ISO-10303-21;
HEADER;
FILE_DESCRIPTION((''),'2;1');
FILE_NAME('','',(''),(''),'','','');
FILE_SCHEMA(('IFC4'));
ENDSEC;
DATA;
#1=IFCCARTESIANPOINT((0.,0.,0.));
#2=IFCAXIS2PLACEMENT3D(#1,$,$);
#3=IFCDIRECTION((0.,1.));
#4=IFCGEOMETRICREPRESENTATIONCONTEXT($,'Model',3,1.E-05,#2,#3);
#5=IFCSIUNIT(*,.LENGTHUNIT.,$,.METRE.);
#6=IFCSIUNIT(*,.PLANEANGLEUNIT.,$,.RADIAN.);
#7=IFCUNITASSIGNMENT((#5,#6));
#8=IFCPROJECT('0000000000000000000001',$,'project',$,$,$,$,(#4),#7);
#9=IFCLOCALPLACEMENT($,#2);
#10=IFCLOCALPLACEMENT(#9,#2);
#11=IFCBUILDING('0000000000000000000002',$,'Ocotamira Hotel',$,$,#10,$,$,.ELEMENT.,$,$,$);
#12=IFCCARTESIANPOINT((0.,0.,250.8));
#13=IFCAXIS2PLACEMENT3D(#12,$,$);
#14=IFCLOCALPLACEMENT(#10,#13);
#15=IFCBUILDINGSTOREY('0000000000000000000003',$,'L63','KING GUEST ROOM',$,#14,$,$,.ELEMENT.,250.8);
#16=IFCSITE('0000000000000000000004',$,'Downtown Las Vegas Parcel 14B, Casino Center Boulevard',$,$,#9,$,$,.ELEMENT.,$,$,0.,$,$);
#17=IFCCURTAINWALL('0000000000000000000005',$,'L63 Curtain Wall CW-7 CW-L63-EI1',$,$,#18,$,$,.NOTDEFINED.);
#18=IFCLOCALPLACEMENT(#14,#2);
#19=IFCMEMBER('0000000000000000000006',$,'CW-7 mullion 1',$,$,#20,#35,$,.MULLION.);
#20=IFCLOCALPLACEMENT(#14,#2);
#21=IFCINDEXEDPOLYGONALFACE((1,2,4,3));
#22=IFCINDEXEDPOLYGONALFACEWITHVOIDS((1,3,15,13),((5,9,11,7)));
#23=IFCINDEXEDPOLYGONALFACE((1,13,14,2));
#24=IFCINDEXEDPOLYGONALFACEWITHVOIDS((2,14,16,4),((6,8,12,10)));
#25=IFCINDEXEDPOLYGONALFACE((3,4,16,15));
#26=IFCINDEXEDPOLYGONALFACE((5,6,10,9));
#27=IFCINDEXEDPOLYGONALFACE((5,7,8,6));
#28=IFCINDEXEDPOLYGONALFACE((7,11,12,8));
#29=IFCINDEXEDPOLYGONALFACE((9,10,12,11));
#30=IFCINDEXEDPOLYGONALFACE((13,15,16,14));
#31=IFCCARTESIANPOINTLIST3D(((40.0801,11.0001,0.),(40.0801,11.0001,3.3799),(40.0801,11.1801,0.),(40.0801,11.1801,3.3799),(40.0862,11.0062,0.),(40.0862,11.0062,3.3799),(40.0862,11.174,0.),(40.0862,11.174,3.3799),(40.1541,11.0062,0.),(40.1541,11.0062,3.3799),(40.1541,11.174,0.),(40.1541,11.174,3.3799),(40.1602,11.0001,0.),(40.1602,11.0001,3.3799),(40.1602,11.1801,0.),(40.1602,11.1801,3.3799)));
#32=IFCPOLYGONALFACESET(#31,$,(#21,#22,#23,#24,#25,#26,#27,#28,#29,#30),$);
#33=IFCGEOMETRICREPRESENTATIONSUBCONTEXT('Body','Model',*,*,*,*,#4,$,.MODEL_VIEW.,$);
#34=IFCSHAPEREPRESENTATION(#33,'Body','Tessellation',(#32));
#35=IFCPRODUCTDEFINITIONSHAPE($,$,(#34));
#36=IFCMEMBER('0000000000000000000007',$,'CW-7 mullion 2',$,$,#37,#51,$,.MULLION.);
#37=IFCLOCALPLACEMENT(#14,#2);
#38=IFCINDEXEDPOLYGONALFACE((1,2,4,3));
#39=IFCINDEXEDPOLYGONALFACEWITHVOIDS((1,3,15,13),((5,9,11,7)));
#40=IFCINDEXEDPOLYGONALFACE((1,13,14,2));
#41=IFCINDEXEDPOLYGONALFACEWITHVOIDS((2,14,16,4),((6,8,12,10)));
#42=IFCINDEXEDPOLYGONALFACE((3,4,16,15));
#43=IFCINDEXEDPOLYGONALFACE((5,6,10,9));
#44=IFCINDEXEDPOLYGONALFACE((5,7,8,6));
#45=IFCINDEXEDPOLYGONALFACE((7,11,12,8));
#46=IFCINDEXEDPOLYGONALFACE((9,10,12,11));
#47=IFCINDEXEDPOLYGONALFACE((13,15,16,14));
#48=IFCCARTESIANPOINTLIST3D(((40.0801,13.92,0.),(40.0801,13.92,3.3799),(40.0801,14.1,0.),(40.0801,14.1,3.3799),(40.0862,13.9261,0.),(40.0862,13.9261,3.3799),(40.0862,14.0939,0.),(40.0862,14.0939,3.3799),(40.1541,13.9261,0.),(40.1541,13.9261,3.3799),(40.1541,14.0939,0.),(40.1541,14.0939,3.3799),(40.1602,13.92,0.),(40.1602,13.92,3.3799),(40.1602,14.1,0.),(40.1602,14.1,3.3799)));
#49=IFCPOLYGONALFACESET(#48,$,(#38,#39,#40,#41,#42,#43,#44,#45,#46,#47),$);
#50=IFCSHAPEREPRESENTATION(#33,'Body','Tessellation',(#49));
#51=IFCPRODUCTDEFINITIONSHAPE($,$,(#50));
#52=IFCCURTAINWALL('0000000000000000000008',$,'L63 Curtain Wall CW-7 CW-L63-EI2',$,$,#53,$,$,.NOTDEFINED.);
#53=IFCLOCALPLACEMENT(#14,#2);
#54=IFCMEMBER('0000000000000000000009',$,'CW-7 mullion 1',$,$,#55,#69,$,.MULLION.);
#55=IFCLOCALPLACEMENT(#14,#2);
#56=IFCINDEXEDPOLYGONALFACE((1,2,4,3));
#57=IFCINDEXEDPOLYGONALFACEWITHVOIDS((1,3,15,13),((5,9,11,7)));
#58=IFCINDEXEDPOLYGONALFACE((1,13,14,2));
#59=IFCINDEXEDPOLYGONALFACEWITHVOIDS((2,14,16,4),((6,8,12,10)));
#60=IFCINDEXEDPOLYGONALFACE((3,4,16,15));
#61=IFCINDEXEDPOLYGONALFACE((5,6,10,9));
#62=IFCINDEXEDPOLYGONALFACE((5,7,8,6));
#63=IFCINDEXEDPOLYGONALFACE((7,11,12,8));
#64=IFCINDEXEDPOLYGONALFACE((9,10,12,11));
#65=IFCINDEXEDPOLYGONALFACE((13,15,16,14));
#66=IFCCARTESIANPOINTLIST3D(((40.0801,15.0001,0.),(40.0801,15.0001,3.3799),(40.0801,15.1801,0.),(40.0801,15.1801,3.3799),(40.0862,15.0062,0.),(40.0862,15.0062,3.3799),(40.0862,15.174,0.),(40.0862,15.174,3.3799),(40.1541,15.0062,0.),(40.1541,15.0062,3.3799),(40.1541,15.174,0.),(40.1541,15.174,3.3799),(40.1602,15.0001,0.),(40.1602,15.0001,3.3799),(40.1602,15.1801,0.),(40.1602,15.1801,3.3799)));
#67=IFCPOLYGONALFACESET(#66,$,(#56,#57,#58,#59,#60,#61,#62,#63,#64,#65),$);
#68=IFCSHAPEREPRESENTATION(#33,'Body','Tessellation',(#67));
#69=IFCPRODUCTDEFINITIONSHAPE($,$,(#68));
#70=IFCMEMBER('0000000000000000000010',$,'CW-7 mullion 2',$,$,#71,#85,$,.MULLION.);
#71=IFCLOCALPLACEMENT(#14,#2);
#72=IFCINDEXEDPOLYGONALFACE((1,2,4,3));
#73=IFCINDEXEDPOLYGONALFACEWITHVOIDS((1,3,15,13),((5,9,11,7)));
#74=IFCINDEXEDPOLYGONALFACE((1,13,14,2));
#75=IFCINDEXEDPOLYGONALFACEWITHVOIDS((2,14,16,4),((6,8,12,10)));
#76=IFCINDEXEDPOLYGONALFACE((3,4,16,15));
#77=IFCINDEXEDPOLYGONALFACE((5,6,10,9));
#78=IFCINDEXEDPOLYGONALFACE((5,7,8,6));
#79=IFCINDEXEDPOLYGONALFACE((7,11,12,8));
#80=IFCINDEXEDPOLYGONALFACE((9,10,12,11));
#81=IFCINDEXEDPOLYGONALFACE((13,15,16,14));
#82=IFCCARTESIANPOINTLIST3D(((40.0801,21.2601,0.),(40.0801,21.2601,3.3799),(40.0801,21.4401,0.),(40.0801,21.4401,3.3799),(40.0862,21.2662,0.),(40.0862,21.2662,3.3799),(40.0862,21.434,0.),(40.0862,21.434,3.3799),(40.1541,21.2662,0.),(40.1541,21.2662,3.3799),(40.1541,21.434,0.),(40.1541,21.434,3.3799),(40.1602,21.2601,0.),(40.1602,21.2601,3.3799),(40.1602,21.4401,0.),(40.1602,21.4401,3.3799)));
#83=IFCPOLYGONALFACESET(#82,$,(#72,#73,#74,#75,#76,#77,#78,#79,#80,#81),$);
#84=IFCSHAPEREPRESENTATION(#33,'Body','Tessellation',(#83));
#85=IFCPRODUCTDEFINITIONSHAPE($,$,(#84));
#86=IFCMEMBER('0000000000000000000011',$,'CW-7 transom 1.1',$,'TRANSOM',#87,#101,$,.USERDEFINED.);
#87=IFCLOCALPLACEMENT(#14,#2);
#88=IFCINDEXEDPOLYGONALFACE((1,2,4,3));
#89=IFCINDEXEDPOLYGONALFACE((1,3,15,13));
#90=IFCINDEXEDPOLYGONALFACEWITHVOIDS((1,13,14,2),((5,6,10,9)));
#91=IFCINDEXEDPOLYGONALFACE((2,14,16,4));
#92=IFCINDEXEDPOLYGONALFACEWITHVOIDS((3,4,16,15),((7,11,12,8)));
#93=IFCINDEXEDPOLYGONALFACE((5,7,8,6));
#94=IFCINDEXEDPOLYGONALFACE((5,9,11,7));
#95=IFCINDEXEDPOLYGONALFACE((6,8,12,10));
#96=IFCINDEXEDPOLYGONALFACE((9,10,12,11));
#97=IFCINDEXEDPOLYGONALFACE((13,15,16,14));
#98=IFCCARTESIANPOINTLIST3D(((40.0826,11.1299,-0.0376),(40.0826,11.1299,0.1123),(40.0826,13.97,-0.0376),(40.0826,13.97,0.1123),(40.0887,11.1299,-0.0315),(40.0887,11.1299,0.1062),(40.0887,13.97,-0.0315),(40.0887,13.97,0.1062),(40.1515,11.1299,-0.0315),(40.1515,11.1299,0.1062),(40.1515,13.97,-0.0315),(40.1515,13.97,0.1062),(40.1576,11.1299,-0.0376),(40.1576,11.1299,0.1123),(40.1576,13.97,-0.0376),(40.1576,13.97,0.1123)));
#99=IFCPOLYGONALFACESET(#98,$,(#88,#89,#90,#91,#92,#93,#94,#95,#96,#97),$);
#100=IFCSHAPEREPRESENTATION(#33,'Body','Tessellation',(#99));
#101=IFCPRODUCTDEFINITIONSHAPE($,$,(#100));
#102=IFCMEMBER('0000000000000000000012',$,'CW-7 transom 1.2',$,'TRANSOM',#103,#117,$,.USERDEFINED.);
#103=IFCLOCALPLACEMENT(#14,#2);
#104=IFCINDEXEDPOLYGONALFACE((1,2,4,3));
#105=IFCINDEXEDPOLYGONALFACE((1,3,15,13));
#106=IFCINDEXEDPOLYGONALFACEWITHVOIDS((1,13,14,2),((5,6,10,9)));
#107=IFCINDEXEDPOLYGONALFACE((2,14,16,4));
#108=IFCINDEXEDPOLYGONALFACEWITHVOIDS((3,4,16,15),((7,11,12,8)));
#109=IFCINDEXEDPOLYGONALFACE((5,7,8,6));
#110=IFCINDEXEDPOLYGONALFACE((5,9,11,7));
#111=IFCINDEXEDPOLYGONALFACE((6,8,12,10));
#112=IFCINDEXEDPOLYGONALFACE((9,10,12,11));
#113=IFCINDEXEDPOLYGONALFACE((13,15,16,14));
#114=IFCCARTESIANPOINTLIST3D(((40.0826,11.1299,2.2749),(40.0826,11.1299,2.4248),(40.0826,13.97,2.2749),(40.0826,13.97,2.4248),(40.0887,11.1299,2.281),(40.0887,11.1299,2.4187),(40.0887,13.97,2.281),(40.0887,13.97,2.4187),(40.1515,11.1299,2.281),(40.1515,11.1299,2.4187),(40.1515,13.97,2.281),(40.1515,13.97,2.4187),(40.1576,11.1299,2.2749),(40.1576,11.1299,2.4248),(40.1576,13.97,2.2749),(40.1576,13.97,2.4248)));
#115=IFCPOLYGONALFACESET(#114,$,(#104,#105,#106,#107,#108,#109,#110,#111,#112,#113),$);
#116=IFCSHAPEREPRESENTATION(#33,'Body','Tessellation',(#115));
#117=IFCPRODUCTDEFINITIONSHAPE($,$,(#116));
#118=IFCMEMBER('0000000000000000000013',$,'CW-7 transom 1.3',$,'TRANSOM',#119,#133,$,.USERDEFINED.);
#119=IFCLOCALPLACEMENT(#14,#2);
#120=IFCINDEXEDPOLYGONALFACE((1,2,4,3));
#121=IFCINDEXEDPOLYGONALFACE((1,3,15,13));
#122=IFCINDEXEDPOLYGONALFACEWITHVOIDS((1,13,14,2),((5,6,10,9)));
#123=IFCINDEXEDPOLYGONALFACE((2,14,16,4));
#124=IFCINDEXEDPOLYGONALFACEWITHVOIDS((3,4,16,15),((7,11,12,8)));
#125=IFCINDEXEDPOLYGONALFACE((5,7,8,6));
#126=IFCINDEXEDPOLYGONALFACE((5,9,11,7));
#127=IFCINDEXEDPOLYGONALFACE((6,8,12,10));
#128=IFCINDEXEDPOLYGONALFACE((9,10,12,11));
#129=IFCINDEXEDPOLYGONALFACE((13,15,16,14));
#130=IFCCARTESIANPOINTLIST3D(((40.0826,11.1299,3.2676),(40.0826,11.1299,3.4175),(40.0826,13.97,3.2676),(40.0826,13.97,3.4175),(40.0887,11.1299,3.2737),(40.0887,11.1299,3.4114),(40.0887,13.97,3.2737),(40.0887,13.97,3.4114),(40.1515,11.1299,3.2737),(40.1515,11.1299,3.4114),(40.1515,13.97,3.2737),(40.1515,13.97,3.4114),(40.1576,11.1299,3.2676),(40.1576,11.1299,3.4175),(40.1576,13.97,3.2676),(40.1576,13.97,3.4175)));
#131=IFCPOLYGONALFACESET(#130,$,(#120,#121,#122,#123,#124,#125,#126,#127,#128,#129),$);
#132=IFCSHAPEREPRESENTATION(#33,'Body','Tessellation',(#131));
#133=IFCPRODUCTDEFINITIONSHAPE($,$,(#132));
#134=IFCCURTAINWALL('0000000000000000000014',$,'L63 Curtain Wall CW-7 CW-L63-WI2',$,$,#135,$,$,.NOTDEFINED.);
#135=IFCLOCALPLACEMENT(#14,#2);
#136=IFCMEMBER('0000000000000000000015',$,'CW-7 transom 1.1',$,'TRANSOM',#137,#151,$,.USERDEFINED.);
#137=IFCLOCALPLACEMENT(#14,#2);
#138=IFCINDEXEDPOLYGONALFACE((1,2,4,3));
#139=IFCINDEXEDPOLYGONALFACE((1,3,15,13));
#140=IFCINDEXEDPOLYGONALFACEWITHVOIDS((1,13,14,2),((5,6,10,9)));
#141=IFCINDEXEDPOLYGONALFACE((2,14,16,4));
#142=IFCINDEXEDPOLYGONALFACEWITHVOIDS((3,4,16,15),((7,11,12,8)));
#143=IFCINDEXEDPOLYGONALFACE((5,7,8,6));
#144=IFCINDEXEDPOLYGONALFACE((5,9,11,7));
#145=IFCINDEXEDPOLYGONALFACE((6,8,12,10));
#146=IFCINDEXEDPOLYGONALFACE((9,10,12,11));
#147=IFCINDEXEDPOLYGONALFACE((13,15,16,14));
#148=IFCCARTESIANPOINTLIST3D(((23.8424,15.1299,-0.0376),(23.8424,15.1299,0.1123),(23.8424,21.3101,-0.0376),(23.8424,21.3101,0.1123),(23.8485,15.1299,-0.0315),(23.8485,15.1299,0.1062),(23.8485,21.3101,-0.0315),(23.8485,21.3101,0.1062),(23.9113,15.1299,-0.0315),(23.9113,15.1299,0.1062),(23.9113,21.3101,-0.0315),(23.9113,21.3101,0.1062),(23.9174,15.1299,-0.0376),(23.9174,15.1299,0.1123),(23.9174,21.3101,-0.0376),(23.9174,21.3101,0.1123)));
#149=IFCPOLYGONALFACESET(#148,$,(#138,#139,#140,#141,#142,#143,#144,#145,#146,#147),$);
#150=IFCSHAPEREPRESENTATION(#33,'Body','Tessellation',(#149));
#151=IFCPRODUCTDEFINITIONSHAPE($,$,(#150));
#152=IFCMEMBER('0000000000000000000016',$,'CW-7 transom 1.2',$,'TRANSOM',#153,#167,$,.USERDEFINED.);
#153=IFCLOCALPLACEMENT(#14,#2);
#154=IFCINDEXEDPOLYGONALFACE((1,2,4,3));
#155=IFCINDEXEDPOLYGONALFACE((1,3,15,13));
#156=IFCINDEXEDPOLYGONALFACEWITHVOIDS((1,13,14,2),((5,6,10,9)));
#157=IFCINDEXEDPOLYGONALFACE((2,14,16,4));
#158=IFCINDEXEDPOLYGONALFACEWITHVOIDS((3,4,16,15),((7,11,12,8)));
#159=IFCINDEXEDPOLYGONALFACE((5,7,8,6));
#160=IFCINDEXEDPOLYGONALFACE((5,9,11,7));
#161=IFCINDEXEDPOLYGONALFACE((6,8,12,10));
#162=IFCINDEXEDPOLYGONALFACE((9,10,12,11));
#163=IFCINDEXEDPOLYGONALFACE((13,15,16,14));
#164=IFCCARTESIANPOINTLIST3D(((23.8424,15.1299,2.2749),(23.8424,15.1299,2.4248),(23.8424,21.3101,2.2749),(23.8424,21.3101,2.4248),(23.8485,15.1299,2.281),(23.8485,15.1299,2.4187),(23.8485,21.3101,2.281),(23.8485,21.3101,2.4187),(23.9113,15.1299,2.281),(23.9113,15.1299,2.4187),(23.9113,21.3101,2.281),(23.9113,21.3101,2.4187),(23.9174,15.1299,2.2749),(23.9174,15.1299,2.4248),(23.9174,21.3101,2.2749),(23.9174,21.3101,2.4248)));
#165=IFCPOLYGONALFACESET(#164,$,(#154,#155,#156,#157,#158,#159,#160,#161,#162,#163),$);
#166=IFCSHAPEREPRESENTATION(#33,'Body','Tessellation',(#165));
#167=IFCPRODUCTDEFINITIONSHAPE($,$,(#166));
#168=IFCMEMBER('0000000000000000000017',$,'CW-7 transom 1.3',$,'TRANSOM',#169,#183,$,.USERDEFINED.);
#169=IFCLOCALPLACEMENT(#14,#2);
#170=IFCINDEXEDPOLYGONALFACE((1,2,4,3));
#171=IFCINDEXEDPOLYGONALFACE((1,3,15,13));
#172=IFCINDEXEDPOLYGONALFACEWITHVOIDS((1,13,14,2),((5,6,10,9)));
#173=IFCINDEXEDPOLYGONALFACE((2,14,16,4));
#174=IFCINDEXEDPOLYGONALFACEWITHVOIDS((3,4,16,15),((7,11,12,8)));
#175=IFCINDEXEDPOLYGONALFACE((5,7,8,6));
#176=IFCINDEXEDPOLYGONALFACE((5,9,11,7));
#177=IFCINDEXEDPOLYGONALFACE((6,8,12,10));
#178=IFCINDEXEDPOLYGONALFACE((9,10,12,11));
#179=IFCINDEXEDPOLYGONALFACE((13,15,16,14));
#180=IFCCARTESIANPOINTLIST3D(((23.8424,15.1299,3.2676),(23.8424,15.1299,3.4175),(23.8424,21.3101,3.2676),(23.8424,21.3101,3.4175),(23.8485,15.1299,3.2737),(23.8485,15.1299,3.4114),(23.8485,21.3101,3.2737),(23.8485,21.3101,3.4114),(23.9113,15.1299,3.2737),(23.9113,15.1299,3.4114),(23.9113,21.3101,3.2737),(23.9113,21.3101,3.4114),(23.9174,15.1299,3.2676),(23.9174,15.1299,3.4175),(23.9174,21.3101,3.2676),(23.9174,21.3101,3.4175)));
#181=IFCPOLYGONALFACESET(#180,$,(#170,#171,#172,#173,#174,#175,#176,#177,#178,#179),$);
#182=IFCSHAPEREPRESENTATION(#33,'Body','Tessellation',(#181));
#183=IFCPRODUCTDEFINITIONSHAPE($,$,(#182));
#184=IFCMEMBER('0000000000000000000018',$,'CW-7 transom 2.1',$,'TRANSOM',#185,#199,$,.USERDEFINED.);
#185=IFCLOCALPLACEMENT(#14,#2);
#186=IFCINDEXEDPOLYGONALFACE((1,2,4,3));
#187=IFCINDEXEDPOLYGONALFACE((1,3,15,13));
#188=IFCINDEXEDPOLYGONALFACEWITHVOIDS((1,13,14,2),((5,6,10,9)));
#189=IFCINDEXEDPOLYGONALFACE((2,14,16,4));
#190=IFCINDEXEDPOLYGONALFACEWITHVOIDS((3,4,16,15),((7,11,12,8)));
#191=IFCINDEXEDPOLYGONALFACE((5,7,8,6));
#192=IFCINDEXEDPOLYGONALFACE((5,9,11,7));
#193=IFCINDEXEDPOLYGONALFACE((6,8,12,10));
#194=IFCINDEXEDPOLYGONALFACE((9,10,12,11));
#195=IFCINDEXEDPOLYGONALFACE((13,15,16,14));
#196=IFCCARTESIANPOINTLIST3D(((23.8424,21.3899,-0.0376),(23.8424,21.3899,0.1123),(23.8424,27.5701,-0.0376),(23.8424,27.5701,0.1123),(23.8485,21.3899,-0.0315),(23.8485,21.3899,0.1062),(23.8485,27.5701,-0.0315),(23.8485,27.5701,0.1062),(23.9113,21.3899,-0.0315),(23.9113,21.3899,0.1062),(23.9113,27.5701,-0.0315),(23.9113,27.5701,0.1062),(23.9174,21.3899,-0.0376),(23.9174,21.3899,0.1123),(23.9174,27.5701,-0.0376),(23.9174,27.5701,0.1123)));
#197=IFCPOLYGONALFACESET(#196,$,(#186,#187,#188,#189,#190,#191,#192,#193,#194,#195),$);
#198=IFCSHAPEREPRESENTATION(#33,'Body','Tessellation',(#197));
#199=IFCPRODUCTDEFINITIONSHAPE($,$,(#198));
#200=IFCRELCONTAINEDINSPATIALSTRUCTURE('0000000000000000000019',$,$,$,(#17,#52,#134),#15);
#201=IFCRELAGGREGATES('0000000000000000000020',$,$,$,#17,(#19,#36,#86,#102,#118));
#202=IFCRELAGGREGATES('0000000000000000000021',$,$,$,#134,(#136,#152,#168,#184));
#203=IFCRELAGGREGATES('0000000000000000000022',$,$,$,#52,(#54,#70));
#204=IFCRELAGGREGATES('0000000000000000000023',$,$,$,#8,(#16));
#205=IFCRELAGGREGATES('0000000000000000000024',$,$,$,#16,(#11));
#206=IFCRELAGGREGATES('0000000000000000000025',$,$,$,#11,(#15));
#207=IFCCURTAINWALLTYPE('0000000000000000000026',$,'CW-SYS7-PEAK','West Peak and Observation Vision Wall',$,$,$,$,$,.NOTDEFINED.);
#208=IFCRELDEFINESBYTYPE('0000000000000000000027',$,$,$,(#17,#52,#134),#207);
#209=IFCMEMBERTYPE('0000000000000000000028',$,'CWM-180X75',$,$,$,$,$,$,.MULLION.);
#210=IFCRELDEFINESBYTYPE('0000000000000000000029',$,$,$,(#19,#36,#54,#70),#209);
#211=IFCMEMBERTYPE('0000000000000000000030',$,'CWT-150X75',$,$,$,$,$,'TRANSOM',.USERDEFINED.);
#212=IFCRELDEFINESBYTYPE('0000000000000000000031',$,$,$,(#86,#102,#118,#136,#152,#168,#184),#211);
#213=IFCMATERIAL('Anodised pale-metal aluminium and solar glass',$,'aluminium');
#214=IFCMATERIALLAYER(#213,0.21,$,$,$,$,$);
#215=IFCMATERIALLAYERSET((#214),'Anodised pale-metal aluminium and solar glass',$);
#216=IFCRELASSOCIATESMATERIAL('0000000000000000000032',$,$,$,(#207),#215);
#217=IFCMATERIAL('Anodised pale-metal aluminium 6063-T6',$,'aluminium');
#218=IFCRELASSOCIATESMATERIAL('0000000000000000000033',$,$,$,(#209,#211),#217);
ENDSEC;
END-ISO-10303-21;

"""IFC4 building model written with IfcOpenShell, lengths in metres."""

from ifc_helpers import new_model, si_unit, direction, frame, origin, origin_2d, place, context, subcontext, project, spatial, hollow_rectangle, extrude, source, transform, mapped, material, layer, layer_set, material_profile, profile_set, type_object, element, aggregate, save


model = new_model("IFC4")

# Units and contexts
model_context = context("Model", 3, precision=1e-05, world=origin(), true_north=direction((0.0, 1.0)))
body_context = subcontext(model_context, "Body", "Model", "MODEL_VIEW")
ifc_project = project(units=[si_unit("LENGTHUNIT", "METRE"), si_unit("PLANEANGLEUNIT", "RADIAN")], contexts=[model_context])

# Site, building, storey
site_placement = place(None, origin())
site = spatial("IfcSite", under=ifc_project, at=site_placement, Name="Downtown Las Vegas Parcel 14B, Casino Center Boulevard", CompositionType="ELEMENT", RefElevation=0.0)
building_placement = place(site_placement, origin())
building = spatial("IfcBuilding", under=site, at=building_placement, Name="Ocotamira Hotel", CompositionType="ELEMENT")
storey_placement = place(building_placement, frame((0.0, 0.0, 250.8)))
storey = spatial("IfcBuildingStorey", under=building, at=storey_placement, Name="L63", Description="KING GUEST ROOM", CompositionType="ELEMENT", Elevation=250.8)

# Curtain walls, members
ifc_material_1 = material(Name="Anodised pale-metal aluminium and solar glass", Category="aluminium")
ifc_layer_1 = layer(ifc_material_1, 0.21)
ifc_layer_set_1 = layer_set([ifc_layer_1], Name="Anodised pale-metal aluminium and solar glass")
curtain_wall_type = type_object("IfcCurtainWallType", Name="CW-SYS7-PEAK", Description="West Peak and Observation Vision Wall", PredefinedType="NOTDEFINED", material=ifc_layer_set_1)
curtain_wall_1_placement = place(storey_placement, origin())
curtain_wall_1 = element("IfcCurtainWall", 1, at=curtain_wall_1_placement, inside=storey, type_object=curtain_wall_type, Name="L63 Curtain Wall CW-7 CW-L63-EI1", PredefinedType="NOTDEFINED")
ifc_material_2 = material(Name="Anodised pale-metal aluminium 6063-T6", Category="aluminium")
ifc_material_profile_1 = material_profile(ifc_material_2, hollow_rectangle(XDim=0.0801, YDim=0.1799, WallThickness=0.0061, at=origin_2d()), Name="HSS180X80X6")
ifc_profile_set_1 = profile_set([ifc_material_profile_1], Name="Anodised pale-metal aluminium 6063-T6")
member_type_1 = type_object("IfcMemberType", Name="CWM-180X75", PredefinedType="MULLION", material=ifc_profile_set_1)
shared_shape_1 = source(origin(), body_context, "Body", "SweptSolid", [
    extrude(hollow_rectangle(XDim=0.0801, YDim=0.1799, WallThickness=0.0061, at=origin_2d()), origin(), (0.0, 0.0, 1.0), 3.3799),
])
member_1_placement = place(storey_placement, frame((40.1201, 11.0901, 0.0), z_axis=(0.0, 0.0, 1.0), x_axis=(-1.0, 0.0, 0.0)))
member_1 = element("IfcMember", 2, at=member_1_placement, type_object=member_type_1, Name="CW-7 mullion 1", PredefinedType="MULLION", context=body_context, shape_type="MappedRepresentation", body=[
    mapped(shared_shape_1, transform((0.0, 0.0, 0.0), scale=1.0)),
])
member_2_placement = place(storey_placement, frame((40.1201, 14.01, 0.0), z_axis=(0.0, 0.0, 1.0), x_axis=(-1.0, 0.0, 0.0)))
member_2 = element("IfcMember", 3, at=member_2_placement, type_object=member_type_1, Name="CW-7 mullion 2", PredefinedType="MULLION", context=body_context, shape_type="MappedRepresentation", body=[
    mapped(shared_shape_1, transform((0.0, 0.0, 0.0), scale=1.0)),
])
curtain_wall_2_placement = place(storey_placement, origin())
curtain_wall_2 = element("IfcCurtainWall", 4, at=curtain_wall_2_placement, inside=storey, type_object=curtain_wall_type, Name="L63 Curtain Wall CW-7 CW-L63-EI2", PredefinedType="NOTDEFINED")
member_3_placement = place(storey_placement, frame((40.1201, 15.0901, 0.0), z_axis=(0.0, 0.0, 1.0), x_axis=(-1.0, 0.0, 0.0)))
member_3 = element("IfcMember", 5, at=member_3_placement, type_object=member_type_1, Name="CW-7 mullion 1", PredefinedType="MULLION", context=body_context, shape_type="MappedRepresentation", body=[
    mapped(shared_shape_1, transform((0.0, 0.0, 0.0), scale=1.0)),
])
member_4_placement = place(storey_placement, frame((40.1201, 21.3501, 0.0), z_axis=(0.0, 0.0, 1.0), x_axis=(-1.0, 0.0, 0.0)))
member_4 = element("IfcMember", 6, at=member_4_placement, type_object=member_type_1, Name="CW-7 mullion 2", PredefinedType="MULLION", context=body_context, shape_type="MappedRepresentation", body=[
    mapped(shared_shape_1, transform((0.0, 0.0, 0.0), scale=1.0)),
])

# Members
ifc_material_profile_2 = material_profile(ifc_material_2, hollow_rectangle(XDim=0.075, YDim=0.1499, WallThickness=0.0061, at=origin_2d()), Name="HSS150X75X6")
ifc_profile_set_2 = profile_set([ifc_material_profile_2], Name="Anodised pale-metal aluminium 6063-T6")
member_type_2 = type_object("IfcMemberType", Name="CWT-150X75", ElementType="TRANSOM", PredefinedType="USERDEFINED", material=ifc_profile_set_2)
shared_shape_2 = source(origin(), body_context, "Body", "SweptSolid", [
    extrude(hollow_rectangle(XDim=0.075, YDim=0.1499, WallThickness=0.0061, at=origin_2d()), origin(), (0.0, 0.0, 1.0), 2.8401),
])
member_5_placement = place(storey_placement, frame((40.1201, 11.1299, 0.0374), z_axis=(0.0, 1.0, 0.0), x_axis=(-1.0, 0.0, 0.0)))
member_5 = element("IfcMember", 7, at=member_5_placement, type_object=member_type_2, Name="CW-7 transom 1.1", ObjectType="TRANSOM", PredefinedType="USERDEFINED", context=body_context, shape_type="MappedRepresentation", body=[
    mapped(shared_shape_2, transform((0.0, 0.0, 0.0), scale=1.0)),
])
member_6_placement = place(storey_placement, frame((40.1201, 11.1299, 2.3499), z_axis=(0.0, 1.0, 0.0), x_axis=(-1.0, 0.0, 0.0)))
member_6 = element("IfcMember", 8, at=member_6_placement, type_object=member_type_2, Name="CW-7 transom 1.2", ObjectType="TRANSOM", PredefinedType="USERDEFINED", context=body_context, shape_type="MappedRepresentation", body=[
    mapped(shared_shape_2, transform((0.0, 0.0, 0.0), scale=1.0)),
])
member_7_placement = place(storey_placement, frame((40.1201, 11.1299, 3.3425), z_axis=(0.0, 1.0, 0.0), x_axis=(-1.0, 0.0, 0.0)))
member_7 = element("IfcMember", 9, at=member_7_placement, type_object=member_type_2, Name="CW-7 transom 1.3", ObjectType="TRANSOM", PredefinedType="USERDEFINED", context=body_context, shape_type="MappedRepresentation", body=[
    mapped(shared_shape_2, transform((0.0, 0.0, 0.0), scale=1.0)),
])

# Curtain wall, members
curtain_wall_3_placement = place(storey_placement, origin())
curtain_wall_3 = element("IfcCurtainWall", 10, at=curtain_wall_3_placement, inside=storey, type_object=curtain_wall_type, Name="L63 Curtain Wall CW-7 CW-L63-WI2", PredefinedType="NOTDEFINED")
shared_shape_3 = source(origin(), body_context, "Body", "SweptSolid", [
    extrude(hollow_rectangle(XDim=0.075, YDim=0.1499, WallThickness=0.0061, at=origin_2d()), origin(), (0.0, 0.0, 1.0), 6.1802),
])
member_8_placement = place(storey_placement, frame((23.8799, 15.1299, 0.0374), z_axis=(0.0, 1.0, 0.0), x_axis=(-1.0, 0.0, 0.0)))
member_8 = element("IfcMember", 11, at=member_8_placement, type_object=member_type_2, Name="CW-7 transom 1.1", ObjectType="TRANSOM", PredefinedType="USERDEFINED", context=body_context, shape_type="MappedRepresentation", body=[
    mapped(shared_shape_3, transform((0.0, 0.0, 0.0), scale=1.0)),
])
member_9_placement = place(storey_placement, frame((23.8799, 15.1299, 2.3499), z_axis=(0.0, 1.0, 0.0), x_axis=(-1.0, 0.0, 0.0)))
member_9 = element("IfcMember", 12, at=member_9_placement, type_object=member_type_2, Name="CW-7 transom 1.2", ObjectType="TRANSOM", PredefinedType="USERDEFINED", context=body_context, shape_type="MappedRepresentation", body=[
    mapped(shared_shape_3, transform((0.0, 0.0, 0.0), scale=1.0)),
])
member_10_placement = place(storey_placement, frame((23.8799, 15.1299, 3.3425), z_axis=(0.0, 1.0, 0.0), x_axis=(-1.0, 0.0, 0.0)))
member_10 = element("IfcMember", 13, at=member_10_placement, type_object=member_type_2, Name="CW-7 transom 1.3", ObjectType="TRANSOM", PredefinedType="USERDEFINED", context=body_context, shape_type="MappedRepresentation", body=[
    mapped(shared_shape_3, transform((0.0, 0.0, 0.0), scale=1.0)),
])
member_11_placement = place(storey_placement, frame((23.8799, 21.3899, 0.0374), z_axis=(0.0, 1.0, 0.0), x_axis=(-1.0, 0.0, 0.0)))
member_11 = element("IfcMember", 14, at=member_11_placement, type_object=member_type_2, Name="CW-7 transom 2.1", ObjectType="TRANSOM", PredefinedType="USERDEFINED", context=body_context, shape_type="MappedRepresentation", body=[
    mapped(shared_shape_3, transform((0.0, 0.0, 0.0), scale=1.0)),
])

aggregate(curtain_wall_1, [member_1, member_2, member_5, member_6, member_7])
aggregate(curtain_wall_3, [member_8, member_9, member_10, member_11])
aggregate(curtain_wall_2, [member_3, member_4])

save(model, "model.ifc")
